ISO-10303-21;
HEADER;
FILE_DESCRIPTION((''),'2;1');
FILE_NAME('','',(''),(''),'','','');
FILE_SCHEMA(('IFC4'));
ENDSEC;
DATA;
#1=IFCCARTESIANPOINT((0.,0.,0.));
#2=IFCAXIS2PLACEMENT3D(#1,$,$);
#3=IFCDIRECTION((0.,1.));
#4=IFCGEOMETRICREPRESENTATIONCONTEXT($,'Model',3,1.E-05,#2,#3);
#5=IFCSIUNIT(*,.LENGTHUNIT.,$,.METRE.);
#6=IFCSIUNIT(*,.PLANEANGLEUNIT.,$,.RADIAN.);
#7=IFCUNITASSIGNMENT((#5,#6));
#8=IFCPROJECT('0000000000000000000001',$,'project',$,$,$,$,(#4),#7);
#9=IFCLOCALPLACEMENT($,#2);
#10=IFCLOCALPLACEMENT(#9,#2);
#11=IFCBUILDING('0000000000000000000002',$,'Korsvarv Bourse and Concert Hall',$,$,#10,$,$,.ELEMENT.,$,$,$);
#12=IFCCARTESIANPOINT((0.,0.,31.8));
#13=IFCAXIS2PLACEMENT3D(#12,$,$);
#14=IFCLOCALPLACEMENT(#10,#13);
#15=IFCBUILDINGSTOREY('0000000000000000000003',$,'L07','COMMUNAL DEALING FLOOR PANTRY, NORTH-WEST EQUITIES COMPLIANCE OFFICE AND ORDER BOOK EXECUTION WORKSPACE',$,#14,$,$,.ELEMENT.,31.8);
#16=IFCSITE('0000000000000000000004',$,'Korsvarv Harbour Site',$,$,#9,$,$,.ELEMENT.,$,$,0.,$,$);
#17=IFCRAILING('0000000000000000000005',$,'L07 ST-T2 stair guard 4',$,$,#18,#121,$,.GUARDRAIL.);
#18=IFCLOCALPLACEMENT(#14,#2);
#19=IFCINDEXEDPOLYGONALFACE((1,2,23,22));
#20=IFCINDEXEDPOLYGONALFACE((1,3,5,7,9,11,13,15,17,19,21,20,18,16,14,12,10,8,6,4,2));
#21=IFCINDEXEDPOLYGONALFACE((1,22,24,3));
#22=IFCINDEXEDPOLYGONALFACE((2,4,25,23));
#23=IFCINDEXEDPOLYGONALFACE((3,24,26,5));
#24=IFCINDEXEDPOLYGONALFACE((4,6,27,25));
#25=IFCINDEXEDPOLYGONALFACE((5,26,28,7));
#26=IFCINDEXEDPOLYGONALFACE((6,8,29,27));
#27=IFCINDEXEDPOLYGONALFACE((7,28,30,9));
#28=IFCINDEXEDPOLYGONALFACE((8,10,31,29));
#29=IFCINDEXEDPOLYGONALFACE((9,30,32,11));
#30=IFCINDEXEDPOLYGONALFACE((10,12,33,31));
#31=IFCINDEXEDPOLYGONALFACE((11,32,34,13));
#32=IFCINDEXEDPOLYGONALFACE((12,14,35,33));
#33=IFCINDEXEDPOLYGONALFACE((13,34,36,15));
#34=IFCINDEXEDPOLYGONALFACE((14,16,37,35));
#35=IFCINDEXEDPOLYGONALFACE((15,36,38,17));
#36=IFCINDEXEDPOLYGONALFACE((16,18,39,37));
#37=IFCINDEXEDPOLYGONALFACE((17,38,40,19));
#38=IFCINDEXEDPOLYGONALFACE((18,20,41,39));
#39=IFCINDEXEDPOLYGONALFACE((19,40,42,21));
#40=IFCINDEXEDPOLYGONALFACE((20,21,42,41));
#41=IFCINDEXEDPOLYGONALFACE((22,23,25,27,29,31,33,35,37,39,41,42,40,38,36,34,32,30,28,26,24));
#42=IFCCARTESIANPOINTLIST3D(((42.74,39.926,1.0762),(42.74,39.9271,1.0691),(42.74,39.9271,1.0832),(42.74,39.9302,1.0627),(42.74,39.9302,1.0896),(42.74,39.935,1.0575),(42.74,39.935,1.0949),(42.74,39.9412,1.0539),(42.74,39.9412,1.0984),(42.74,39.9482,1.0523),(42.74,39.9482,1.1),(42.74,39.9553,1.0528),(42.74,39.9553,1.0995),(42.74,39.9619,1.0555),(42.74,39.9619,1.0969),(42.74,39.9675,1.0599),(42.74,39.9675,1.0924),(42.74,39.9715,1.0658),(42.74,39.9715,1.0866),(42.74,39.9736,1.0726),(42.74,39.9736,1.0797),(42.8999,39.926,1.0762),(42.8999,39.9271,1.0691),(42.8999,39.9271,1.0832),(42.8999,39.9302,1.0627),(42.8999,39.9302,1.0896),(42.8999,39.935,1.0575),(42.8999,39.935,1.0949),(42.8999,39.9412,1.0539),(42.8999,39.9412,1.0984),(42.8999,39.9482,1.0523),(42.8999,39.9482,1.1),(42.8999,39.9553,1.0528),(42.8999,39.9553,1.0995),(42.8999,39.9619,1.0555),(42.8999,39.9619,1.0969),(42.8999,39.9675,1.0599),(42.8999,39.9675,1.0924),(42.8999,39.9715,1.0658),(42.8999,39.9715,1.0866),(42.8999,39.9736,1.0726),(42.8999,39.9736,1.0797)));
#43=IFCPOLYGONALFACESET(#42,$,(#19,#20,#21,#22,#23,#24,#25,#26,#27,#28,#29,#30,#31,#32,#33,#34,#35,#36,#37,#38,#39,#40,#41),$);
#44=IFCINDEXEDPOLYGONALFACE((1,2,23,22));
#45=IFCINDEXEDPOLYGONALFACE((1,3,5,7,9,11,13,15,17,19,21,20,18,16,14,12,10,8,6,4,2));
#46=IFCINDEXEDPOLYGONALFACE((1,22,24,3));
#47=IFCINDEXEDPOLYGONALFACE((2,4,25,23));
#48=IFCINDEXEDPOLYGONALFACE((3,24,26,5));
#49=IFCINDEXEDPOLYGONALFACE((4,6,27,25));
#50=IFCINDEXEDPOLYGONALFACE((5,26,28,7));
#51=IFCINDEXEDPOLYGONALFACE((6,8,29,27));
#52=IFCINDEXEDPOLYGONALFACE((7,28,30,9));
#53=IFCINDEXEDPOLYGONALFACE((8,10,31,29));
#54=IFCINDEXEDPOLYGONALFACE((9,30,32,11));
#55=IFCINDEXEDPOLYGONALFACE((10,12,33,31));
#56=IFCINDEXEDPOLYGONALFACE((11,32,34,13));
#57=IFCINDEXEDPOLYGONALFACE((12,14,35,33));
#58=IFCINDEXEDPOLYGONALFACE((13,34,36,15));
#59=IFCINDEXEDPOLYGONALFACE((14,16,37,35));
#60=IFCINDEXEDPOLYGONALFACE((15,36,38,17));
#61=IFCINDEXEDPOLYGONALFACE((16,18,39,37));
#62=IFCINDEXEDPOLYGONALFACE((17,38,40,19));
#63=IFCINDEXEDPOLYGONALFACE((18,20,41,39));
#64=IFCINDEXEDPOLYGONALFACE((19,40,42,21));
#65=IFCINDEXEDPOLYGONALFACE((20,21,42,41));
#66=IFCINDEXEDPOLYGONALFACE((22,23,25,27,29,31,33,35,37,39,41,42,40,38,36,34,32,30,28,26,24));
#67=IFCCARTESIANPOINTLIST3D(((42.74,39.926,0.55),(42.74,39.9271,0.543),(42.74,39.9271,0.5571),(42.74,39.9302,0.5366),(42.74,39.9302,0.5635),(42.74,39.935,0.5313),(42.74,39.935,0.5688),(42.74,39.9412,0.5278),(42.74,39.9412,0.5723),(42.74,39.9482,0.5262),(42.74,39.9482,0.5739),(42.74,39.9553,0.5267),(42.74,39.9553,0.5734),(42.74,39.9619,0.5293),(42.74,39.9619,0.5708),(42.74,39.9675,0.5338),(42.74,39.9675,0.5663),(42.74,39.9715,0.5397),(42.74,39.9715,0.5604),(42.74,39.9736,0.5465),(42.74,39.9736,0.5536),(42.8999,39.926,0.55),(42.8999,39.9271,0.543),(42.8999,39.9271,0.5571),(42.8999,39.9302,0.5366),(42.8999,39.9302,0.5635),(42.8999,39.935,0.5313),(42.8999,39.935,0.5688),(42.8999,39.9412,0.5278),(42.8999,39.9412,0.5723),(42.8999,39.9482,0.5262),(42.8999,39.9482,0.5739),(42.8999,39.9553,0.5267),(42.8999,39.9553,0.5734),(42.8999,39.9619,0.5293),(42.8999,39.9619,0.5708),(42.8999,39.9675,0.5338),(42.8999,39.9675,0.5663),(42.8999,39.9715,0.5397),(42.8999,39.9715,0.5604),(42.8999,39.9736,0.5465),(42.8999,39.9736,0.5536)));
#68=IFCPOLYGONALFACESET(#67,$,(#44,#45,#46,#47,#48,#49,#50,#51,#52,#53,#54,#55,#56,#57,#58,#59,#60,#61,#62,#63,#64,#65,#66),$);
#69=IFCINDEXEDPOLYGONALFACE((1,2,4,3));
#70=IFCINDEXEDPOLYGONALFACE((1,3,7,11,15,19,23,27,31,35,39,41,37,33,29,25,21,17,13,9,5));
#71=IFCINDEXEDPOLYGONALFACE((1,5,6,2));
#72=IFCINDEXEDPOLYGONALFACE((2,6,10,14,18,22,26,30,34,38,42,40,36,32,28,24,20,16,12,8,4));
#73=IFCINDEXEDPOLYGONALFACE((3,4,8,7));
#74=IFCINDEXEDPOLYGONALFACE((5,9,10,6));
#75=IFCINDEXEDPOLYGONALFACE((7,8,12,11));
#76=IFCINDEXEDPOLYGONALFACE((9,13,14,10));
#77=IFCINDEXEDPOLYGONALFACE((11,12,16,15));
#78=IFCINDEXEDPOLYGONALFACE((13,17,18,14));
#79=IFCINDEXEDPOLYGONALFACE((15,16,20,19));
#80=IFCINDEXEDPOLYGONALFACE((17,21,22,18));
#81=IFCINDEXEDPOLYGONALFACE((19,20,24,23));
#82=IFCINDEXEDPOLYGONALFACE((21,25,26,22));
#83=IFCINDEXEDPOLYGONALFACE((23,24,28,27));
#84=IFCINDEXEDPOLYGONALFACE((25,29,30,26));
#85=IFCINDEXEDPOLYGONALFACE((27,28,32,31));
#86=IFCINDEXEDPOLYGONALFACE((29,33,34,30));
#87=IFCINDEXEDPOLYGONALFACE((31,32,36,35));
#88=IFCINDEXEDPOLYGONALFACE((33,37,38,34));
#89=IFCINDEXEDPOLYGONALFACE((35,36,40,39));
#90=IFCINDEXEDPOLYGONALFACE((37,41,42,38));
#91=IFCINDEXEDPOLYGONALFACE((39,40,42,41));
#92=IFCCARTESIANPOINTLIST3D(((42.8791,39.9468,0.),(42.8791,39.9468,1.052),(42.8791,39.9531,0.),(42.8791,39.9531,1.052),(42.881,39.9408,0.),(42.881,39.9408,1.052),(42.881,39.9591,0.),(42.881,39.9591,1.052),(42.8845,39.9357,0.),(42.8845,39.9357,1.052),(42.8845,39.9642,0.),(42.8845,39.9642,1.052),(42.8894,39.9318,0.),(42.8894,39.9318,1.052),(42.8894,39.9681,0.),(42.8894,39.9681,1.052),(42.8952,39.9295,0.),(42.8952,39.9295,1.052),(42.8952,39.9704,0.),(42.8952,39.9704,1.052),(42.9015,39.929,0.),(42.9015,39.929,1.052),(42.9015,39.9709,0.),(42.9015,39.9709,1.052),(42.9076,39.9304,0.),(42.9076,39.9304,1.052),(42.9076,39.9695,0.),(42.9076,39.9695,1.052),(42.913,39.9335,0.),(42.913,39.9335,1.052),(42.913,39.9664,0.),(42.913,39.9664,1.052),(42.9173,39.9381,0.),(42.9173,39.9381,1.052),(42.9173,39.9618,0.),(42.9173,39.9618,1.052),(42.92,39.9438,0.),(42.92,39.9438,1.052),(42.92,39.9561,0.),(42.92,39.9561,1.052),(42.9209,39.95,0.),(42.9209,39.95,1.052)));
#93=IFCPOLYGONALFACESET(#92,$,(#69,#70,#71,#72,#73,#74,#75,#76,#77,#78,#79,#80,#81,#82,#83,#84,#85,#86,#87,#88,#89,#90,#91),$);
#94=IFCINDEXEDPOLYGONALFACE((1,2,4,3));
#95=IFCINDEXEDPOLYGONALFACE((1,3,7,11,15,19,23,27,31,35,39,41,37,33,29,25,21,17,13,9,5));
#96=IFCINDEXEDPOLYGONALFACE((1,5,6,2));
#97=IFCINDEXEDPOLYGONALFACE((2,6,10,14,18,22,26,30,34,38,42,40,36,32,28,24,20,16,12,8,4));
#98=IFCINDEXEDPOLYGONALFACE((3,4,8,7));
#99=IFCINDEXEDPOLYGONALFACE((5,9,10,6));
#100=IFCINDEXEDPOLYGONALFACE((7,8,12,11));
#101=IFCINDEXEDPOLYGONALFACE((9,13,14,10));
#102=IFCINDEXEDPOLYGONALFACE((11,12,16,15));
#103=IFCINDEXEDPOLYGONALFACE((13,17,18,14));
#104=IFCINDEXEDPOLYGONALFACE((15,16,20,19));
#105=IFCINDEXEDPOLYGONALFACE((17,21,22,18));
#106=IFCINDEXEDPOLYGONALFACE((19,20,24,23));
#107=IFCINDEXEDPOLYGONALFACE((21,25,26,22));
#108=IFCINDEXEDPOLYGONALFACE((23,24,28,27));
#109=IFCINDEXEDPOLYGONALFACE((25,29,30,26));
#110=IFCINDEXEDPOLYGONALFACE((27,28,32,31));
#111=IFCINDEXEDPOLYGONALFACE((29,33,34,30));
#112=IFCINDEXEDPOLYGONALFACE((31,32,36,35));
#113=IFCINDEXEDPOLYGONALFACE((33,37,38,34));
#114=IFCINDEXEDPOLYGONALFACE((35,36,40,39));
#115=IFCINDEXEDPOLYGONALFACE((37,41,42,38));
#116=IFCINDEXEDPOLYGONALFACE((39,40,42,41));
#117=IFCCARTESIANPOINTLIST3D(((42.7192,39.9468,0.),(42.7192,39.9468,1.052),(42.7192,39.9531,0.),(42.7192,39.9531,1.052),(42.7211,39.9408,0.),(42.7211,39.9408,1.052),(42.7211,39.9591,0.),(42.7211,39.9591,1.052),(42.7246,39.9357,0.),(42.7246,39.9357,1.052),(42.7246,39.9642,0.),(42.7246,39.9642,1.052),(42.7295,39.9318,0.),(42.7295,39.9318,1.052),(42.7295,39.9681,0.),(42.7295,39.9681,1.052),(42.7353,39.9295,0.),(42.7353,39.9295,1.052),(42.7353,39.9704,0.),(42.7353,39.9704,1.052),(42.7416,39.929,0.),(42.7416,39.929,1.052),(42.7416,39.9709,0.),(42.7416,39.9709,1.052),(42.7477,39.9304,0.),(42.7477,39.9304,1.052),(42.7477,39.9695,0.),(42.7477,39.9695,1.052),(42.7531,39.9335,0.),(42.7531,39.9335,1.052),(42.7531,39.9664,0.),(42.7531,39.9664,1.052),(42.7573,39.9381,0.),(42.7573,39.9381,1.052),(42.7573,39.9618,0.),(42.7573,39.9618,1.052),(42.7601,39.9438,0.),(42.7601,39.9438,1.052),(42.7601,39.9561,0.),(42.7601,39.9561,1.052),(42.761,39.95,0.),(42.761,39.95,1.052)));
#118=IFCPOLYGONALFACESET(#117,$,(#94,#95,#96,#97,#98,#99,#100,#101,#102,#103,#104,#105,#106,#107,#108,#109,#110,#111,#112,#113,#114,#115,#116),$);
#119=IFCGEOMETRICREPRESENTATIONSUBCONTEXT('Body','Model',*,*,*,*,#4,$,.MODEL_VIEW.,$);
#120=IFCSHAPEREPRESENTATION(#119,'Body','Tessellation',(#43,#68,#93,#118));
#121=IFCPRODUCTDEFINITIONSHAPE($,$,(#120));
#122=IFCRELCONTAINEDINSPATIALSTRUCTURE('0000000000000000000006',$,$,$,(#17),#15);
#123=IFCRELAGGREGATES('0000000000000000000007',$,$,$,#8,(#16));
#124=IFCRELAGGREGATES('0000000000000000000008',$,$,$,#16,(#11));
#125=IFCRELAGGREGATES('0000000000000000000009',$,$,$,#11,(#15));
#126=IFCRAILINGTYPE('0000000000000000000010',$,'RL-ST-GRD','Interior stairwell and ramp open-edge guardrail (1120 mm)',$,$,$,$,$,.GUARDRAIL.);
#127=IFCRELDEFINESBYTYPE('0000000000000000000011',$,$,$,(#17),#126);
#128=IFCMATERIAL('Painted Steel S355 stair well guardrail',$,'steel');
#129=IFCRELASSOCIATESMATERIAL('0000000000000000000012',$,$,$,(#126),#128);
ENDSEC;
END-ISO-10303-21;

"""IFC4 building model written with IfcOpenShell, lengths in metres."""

from ifc_helpers import new_model, si_unit, direction, frame, origin, origin_2d, place, context, subcontext, project, spatial, circle, extrude, material, type_object, element, save


model = new_model("IFC4")

# Units and contexts
model_context = context("Model", 3, precision=1e-05, world=origin(), true_north=direction((0.0, 1.0)))
body_context = subcontext(model_context, "Body", "Model", "MODEL_VIEW")
ifc_project = project(units=[si_unit("LENGTHUNIT", "METRE"), si_unit("PLANEANGLEUNIT", "RADIAN")], contexts=[model_context])

# Site, building, storey
site_placement = place(None, origin())
site = spatial("IfcSite", under=ifc_project, at=site_placement, Name="Korsvarv Harbour Site", CompositionType="ELEMENT", RefElevation=0.0)
building_placement = place(site_placement, origin())
building = spatial("IfcBuilding", under=site, at=building_placement, Name="Korsvarv Bourse and Concert Hall", CompositionType="ELEMENT")
storey_placement = place(building_placement, frame((0.0, 0.0, 31.8)))
storey = spatial("IfcBuildingStorey", under=building, at=storey_placement, Name="L07", Description="COMMUNAL DEALING FLOOR PANTRY, NORTH-WEST EQUITIES COMPLIANCE OFFICE AND ORDER BOOK EXECUTION WORKSPACE", CompositionType="ELEMENT", Elevation=31.8)

# Railing
ifc_material_1 = material(Name="Painted Steel S355 stair well guardrail", Category="steel")
railing_type_1 = type_object("IfcRailingType", Name="RL-ST-GRD", Description="Interior stairwell and ramp open-edge guardrail (1120 mm)", PredefinedType="GUARDRAIL", material=ifc_material_1)
railing_1_placement = place(storey_placement, frame((42.8999, 39.95, 0.0)))
element("IfcRailing", 1, at=railing_1_placement, inside=storey, type_object=railing_type_1, Name="L07 ST-T2 stair guard 4", PredefinedType="GUARDRAIL", context=body_context, shape_type="SweptSolid", body=[
    extrude(circle(Radius=0.0239, at=origin_2d()), frame((0.0, 0.0, 1.0762), z_axis=(-1.0, 0.0, 0.0), x_axis=(0.0, -1.0, 0.0)), (0.0, 0.0, 1.0), 0.1599),
    extrude(circle(Radius=0.0239, at=origin_2d()), frame((0.0, 0.0, 0.55), z_axis=(-1.0, 0.0, 0.0), x_axis=(0.0, -1.0, 0.0)), (0.0, 0.0, 1.0), 0.1599),
    extrude(circle(Radius=0.021, at=origin_2d()), origin(), (0.0, 0.0, 1.0), 1.052),
    extrude(circle(Radius=0.021, at=origin_2d()), frame((-0.1599, 0.0, 0.0)), (0.0, 0.0, 1.0), 1.052),
])

save(model, "model.ifc")
